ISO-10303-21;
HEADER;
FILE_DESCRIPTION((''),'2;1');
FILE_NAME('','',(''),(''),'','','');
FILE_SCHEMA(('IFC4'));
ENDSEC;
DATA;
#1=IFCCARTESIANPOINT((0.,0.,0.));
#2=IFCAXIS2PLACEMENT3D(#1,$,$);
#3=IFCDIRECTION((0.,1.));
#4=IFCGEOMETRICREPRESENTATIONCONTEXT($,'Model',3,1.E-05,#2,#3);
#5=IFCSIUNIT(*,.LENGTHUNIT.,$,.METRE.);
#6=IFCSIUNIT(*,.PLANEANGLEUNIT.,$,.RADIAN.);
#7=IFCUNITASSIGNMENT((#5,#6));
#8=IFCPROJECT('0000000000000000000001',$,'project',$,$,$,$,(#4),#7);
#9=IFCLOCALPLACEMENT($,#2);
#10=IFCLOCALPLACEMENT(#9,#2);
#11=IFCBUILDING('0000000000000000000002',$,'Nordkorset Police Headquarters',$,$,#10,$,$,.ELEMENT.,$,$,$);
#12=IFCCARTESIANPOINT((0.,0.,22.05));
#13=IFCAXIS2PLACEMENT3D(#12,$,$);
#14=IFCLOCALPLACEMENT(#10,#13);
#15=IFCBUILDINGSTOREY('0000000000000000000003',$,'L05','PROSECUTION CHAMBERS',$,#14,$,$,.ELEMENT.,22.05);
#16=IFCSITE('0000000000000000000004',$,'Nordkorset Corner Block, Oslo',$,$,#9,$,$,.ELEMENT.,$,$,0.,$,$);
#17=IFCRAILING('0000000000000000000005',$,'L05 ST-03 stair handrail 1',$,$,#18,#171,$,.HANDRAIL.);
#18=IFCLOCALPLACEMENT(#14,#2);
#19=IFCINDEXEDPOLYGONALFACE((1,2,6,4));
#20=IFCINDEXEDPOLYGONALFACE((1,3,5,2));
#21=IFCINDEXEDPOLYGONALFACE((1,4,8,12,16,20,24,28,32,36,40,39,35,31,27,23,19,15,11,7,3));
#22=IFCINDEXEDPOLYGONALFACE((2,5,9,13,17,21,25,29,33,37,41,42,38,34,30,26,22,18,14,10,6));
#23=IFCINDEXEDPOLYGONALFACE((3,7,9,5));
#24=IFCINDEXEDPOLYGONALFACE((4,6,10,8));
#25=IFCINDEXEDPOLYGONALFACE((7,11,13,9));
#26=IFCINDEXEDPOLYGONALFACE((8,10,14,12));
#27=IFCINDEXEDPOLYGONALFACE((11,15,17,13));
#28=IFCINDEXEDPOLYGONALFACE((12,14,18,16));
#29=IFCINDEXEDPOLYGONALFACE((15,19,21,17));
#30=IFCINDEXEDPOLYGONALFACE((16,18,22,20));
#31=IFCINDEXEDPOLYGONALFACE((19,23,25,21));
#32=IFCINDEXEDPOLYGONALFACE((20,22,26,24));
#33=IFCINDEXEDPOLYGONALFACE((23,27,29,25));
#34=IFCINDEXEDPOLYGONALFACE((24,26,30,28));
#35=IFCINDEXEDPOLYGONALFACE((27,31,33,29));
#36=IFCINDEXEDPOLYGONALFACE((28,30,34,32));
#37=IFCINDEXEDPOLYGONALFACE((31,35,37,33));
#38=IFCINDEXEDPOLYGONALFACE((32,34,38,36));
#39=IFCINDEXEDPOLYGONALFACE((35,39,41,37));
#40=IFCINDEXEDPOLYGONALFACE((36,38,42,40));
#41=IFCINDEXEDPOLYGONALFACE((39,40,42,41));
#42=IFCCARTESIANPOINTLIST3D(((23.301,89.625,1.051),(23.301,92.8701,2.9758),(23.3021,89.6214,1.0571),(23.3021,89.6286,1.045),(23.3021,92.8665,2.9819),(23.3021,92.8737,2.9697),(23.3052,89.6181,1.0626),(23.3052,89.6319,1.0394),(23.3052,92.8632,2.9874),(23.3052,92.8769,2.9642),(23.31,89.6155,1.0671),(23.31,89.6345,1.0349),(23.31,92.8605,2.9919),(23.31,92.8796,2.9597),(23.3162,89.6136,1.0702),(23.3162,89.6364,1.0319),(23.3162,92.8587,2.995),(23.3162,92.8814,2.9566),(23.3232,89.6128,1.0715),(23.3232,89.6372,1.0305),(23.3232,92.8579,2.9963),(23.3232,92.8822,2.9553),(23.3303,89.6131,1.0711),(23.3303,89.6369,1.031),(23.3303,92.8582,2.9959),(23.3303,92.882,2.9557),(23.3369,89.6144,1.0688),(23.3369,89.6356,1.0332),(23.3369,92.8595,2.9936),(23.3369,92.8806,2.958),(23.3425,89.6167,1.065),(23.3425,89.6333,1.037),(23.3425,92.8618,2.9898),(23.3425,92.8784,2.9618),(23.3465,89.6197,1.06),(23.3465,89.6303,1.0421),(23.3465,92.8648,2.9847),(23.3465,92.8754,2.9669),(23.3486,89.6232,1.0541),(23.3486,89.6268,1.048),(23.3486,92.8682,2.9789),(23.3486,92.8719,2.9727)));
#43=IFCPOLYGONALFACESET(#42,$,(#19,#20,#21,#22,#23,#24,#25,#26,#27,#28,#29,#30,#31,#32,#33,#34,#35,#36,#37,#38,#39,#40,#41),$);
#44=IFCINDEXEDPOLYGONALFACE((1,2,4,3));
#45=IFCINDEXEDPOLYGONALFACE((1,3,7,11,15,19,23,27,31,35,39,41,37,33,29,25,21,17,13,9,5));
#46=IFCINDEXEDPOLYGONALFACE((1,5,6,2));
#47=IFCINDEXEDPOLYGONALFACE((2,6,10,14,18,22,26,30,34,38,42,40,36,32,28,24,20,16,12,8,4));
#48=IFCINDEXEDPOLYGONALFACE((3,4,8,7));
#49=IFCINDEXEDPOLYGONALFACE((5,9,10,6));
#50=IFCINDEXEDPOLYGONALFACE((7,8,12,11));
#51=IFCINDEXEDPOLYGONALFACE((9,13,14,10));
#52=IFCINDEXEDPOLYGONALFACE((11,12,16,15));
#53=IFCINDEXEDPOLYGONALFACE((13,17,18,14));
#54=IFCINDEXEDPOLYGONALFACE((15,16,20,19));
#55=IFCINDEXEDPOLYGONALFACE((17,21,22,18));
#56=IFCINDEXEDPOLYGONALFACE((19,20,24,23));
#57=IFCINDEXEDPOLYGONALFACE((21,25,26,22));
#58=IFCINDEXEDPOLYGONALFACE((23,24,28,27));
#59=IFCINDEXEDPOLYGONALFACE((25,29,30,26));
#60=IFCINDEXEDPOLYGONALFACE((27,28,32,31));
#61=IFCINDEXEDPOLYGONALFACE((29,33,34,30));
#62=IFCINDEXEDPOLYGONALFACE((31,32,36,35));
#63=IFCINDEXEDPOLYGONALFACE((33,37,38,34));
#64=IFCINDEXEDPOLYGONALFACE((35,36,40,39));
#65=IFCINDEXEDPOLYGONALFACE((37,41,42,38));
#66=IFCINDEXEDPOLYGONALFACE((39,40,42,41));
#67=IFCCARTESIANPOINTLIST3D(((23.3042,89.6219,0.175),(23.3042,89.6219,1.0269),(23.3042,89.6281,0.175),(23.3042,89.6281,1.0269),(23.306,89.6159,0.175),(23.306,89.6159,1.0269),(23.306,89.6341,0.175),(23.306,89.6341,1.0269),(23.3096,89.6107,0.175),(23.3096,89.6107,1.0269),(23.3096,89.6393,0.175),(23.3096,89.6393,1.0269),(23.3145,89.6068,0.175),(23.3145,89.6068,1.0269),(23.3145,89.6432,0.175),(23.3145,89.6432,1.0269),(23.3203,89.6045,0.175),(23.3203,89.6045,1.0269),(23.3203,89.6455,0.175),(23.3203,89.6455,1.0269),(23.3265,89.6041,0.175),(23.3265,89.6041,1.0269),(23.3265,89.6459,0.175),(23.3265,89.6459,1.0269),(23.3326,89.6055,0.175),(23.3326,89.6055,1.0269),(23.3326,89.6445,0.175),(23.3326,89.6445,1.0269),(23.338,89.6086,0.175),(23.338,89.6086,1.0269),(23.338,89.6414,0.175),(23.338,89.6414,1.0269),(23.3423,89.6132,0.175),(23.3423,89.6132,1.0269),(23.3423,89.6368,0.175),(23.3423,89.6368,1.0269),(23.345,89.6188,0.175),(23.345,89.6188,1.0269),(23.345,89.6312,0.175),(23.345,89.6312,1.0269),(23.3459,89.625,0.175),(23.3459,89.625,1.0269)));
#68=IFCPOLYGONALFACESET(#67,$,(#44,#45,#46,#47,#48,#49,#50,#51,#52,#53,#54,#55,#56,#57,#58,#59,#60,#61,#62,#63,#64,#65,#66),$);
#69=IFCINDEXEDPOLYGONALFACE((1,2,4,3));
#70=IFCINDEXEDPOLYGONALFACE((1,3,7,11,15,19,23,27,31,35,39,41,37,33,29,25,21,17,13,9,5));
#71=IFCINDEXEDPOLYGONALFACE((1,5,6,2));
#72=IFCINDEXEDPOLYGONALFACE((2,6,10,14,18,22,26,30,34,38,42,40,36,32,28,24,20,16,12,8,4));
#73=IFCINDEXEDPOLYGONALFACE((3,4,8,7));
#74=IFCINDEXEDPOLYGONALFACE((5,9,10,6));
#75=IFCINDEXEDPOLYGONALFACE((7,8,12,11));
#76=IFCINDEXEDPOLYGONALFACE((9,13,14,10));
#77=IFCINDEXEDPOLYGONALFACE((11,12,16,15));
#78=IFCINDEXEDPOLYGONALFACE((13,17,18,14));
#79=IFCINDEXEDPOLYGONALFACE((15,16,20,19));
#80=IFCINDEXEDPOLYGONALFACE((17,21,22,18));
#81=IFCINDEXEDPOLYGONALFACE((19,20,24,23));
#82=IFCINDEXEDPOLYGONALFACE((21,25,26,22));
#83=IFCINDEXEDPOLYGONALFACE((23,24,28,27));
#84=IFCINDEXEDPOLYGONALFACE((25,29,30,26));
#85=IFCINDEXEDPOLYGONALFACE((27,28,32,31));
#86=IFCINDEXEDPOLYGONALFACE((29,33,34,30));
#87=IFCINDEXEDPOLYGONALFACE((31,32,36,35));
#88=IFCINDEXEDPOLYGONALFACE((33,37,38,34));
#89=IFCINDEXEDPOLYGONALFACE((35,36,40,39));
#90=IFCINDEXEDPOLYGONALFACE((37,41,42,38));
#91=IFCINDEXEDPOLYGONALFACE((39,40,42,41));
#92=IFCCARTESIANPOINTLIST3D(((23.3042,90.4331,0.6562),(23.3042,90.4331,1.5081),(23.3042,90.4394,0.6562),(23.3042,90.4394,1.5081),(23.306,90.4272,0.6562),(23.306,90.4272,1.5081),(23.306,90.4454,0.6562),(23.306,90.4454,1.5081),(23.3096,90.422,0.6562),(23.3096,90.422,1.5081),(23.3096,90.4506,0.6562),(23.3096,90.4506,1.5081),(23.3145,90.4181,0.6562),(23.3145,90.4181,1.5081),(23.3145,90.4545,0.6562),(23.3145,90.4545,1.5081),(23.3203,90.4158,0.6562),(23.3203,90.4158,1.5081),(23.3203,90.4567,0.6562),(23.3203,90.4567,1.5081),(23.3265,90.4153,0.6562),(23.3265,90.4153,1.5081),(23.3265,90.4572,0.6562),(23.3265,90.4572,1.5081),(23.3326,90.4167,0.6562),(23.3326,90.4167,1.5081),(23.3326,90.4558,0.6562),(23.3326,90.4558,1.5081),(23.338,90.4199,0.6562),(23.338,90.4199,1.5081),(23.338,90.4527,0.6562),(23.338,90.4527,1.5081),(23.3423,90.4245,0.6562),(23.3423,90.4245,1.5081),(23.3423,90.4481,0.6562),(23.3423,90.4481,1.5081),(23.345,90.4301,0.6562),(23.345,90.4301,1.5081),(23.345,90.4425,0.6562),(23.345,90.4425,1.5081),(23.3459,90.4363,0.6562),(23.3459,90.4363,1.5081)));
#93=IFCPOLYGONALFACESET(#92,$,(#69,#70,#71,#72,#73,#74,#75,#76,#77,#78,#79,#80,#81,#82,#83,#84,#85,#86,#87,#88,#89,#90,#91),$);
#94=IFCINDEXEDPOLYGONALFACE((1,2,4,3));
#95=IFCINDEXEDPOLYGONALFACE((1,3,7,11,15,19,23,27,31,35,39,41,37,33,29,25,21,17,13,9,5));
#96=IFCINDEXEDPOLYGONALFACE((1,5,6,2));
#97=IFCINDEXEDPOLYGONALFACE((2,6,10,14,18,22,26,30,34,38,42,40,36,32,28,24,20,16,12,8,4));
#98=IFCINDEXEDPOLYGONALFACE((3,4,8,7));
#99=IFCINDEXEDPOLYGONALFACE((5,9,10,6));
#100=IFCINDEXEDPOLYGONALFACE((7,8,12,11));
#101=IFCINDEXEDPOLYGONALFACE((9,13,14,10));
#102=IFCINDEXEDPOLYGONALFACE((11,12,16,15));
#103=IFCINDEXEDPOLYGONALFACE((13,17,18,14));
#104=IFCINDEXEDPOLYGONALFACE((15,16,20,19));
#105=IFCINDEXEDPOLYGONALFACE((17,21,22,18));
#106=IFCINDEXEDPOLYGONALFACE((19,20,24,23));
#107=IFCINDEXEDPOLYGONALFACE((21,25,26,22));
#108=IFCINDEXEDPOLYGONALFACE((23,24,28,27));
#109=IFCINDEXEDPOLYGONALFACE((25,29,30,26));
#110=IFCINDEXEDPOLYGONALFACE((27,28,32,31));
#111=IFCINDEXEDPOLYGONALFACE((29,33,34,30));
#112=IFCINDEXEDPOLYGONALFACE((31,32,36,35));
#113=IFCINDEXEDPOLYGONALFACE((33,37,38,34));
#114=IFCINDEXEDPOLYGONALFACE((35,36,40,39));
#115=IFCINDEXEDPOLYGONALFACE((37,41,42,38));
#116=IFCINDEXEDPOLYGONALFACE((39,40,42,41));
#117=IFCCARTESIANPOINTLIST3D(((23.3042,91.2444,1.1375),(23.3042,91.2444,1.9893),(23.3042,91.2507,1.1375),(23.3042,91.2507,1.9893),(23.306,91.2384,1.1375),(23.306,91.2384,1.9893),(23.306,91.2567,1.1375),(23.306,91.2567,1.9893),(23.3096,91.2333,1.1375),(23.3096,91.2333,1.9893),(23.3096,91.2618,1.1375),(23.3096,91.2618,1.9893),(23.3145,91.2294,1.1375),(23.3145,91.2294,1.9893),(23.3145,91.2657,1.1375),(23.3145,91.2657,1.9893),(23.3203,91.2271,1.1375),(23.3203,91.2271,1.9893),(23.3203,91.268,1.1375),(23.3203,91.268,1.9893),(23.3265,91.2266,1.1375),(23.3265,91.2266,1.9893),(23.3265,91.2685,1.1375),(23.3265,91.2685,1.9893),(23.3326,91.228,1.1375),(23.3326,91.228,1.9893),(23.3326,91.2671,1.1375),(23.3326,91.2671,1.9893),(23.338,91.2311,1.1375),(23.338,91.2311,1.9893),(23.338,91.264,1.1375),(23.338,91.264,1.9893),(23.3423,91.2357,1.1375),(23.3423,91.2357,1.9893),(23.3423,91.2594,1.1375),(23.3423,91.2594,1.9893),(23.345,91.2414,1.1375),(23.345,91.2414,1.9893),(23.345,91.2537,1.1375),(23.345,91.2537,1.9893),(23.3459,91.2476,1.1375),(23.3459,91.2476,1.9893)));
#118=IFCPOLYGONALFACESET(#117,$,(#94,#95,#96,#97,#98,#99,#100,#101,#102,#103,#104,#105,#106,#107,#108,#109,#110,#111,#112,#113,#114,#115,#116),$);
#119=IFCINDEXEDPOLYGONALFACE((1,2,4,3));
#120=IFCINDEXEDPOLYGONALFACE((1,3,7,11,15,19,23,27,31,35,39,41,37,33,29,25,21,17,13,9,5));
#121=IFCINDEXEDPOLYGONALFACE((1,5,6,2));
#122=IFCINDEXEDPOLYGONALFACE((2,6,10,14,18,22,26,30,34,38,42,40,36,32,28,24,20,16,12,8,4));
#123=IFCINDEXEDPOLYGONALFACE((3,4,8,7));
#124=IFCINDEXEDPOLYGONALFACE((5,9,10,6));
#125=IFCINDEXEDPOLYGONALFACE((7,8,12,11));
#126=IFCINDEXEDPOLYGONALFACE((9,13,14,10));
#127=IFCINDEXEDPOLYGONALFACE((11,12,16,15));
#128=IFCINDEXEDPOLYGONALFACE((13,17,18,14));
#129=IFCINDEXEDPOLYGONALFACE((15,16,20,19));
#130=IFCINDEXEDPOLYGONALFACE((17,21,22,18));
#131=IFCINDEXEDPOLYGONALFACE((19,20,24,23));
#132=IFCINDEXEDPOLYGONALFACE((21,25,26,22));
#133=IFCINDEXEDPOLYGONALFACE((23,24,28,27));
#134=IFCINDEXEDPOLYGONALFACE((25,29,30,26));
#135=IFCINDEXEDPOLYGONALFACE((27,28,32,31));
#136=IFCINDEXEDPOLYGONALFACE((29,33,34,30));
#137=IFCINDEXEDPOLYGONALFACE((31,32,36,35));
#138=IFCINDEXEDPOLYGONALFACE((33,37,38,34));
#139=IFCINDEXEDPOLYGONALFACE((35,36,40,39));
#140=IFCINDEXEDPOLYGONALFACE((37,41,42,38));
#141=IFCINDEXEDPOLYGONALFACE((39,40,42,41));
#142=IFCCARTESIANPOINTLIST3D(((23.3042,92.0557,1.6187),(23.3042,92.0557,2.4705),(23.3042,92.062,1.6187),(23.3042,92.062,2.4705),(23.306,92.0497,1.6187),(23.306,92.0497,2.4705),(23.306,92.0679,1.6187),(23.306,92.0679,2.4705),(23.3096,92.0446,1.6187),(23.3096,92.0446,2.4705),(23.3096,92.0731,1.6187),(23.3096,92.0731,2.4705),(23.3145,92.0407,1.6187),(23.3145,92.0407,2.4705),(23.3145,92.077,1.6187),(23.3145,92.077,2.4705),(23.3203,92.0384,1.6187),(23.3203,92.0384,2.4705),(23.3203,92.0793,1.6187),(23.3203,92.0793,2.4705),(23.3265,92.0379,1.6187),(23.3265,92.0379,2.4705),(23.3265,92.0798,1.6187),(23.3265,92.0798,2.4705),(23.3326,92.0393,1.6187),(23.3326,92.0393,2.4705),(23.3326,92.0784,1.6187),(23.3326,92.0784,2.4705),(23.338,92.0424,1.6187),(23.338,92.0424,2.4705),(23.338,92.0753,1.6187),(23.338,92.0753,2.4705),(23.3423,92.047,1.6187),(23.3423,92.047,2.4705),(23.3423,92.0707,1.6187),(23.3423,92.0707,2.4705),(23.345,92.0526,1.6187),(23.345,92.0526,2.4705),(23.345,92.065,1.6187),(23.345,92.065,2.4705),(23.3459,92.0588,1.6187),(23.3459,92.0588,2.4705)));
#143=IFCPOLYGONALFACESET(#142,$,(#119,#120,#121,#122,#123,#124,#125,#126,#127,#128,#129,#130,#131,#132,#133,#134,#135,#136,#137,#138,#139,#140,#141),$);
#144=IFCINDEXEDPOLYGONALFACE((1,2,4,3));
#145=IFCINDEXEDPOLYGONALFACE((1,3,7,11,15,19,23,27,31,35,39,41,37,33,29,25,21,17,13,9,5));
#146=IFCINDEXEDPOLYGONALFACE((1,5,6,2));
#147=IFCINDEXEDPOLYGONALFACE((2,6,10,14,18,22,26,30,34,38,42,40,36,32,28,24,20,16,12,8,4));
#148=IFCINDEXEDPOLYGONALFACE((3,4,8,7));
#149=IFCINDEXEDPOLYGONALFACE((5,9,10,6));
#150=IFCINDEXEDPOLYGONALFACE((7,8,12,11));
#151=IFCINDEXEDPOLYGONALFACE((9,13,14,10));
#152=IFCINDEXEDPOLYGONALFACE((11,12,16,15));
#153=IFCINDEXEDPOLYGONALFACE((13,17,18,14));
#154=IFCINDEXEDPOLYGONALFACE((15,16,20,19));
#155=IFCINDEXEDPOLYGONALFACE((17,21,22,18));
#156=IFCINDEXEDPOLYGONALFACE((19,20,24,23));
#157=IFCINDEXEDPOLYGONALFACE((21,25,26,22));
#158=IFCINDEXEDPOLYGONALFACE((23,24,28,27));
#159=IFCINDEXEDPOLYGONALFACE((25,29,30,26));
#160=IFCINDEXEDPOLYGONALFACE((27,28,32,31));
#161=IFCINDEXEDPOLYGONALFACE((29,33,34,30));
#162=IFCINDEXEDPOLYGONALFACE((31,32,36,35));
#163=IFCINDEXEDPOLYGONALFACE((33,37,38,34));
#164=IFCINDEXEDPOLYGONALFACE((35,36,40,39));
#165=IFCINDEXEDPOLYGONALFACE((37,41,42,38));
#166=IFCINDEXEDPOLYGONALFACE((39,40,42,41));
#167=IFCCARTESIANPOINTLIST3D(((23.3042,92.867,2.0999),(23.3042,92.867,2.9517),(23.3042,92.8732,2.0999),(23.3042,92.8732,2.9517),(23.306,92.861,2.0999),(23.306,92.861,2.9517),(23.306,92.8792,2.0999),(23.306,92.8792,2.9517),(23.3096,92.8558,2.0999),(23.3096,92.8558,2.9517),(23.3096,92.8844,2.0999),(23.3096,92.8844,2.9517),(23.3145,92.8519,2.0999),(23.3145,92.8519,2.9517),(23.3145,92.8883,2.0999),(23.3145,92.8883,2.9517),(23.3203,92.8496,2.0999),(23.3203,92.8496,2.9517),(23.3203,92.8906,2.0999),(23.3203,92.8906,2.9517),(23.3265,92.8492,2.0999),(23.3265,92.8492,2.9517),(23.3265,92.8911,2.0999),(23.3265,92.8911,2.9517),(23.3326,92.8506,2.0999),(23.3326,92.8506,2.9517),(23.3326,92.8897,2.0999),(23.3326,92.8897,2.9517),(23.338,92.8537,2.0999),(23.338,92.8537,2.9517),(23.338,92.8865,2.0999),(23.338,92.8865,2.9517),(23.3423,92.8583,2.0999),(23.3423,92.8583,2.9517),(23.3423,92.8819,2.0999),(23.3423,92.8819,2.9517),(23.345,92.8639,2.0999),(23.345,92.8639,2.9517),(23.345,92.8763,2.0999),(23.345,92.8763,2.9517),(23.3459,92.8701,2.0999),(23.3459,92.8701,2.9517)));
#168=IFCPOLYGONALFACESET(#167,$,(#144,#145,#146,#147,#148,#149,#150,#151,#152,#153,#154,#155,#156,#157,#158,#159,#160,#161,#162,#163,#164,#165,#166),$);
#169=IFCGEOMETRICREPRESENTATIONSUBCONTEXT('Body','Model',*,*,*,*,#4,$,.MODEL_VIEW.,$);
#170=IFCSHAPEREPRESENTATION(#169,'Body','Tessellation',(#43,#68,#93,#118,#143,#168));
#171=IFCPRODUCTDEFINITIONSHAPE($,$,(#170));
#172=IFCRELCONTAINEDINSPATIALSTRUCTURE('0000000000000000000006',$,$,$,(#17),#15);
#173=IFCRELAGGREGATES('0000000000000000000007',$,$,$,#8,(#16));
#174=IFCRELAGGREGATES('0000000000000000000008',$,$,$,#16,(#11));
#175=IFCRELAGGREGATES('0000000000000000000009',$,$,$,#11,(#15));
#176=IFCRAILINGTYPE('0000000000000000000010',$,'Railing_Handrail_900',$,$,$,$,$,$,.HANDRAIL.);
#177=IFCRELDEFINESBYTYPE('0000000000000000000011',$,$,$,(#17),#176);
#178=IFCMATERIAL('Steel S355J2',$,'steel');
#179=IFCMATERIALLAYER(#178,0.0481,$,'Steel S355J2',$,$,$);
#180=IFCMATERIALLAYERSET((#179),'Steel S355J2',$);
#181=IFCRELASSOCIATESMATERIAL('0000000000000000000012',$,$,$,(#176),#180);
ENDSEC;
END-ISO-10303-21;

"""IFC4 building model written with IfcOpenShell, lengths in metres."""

from ifc_helpers import new_model, si_unit, direction, frame, origin, origin_2d, place, context, subcontext, project, spatial, circle, extrude, material, layer, layer_set, type_object, element, save


model = new_model("IFC4")

# Units and contexts
model_context = context("Model", 3, precision=1e-05, world=origin(), true_north=direction((0.0, 1.0)))
body_context = subcontext(model_context, "Body", "Model", "MODEL_VIEW")
ifc_project = project(units=[si_unit("LENGTHUNIT", "METRE"), si_unit("PLANEANGLEUNIT", "RADIAN")], contexts=[model_context])

# Site, building, storey
site_placement = place(None, origin())
site = spatial("IfcSite", under=ifc_project, at=site_placement, Name="Nordkorset Corner Block, Oslo", CompositionType="ELEMENT", RefElevation=0.0)
building_placement = place(site_placement, origin())
building = spatial("IfcBuilding", under=site, at=building_placement, Name="Nordkorset Police Headquarters", CompositionType="ELEMENT")
storey_placement = place(building_placement, frame((0.0, 0.0, 22.05)))
storey = spatial("IfcBuildingStorey", under=building, at=storey_placement, Name="L05", Description="PROSECUTION CHAMBERS", CompositionType="ELEMENT", Elevation=22.05)

# Railing
ifc_material_1 = material(Name="Steel S355J2", Category="steel")
ifc_layer_1 = layer(ifc_material_1, 0.0481, Name="Steel S355J2")
ifc_layer_set_1 = layer_set([ifc_layer_1], Name="Steel S355J2")
railing_type_1 = type_object("IfcRailingType", Name="Railing_Handrail_900", PredefinedType="HANDRAIL", material=ifc_layer_set_1)
railing_1_placement = place(storey_placement, frame((23.325, 89.625, 0.175)))
element("IfcRailing", 1, at=railing_1_placement, inside=storey, type_object=railing_type_1, Name="L05 ST-03 stair handrail 1", PredefinedType="HANDRAIL", context=body_context, shape_type="SweptSolid", body=[
    extrude(circle(Radius=0.0239, at=origin_2d()), frame((0.0, 0.0, 0.876), z_axis=(0.0, 0.860085, 0.51015), x_axis=(-1.0, 0.0, 0.0)), (0.0, 0.0, 1.0), 3.7729),
    extrude(circle(Radius=0.021, at=origin_2d()), origin(), (0.0, 0.0, 1.0), 0.8518),
    extrude(circle(Radius=0.021, at=origin_2d()), frame((0.0, 0.8113, 0.4812)), (0.0, 0.0, 1.0), 0.8518),
    extrude(circle(Radius=0.021, at=origin_2d()), frame((0.0, 1.6226, 0.9624)), (0.0, 0.0, 1.0), 0.8518),
    extrude(circle(Radius=0.021, at=origin_2d()), frame((0.0, 2.4338, 1.4436)), (0.0, 0.0, 1.0), 0.8518),
    extrude(circle(Radius=0.021, at=origin_2d()), frame((0.0, 3.2451, 1.9248)), (0.0, 0.0, 1.0), 0.8518),
])

save(model, "model.ifc")
